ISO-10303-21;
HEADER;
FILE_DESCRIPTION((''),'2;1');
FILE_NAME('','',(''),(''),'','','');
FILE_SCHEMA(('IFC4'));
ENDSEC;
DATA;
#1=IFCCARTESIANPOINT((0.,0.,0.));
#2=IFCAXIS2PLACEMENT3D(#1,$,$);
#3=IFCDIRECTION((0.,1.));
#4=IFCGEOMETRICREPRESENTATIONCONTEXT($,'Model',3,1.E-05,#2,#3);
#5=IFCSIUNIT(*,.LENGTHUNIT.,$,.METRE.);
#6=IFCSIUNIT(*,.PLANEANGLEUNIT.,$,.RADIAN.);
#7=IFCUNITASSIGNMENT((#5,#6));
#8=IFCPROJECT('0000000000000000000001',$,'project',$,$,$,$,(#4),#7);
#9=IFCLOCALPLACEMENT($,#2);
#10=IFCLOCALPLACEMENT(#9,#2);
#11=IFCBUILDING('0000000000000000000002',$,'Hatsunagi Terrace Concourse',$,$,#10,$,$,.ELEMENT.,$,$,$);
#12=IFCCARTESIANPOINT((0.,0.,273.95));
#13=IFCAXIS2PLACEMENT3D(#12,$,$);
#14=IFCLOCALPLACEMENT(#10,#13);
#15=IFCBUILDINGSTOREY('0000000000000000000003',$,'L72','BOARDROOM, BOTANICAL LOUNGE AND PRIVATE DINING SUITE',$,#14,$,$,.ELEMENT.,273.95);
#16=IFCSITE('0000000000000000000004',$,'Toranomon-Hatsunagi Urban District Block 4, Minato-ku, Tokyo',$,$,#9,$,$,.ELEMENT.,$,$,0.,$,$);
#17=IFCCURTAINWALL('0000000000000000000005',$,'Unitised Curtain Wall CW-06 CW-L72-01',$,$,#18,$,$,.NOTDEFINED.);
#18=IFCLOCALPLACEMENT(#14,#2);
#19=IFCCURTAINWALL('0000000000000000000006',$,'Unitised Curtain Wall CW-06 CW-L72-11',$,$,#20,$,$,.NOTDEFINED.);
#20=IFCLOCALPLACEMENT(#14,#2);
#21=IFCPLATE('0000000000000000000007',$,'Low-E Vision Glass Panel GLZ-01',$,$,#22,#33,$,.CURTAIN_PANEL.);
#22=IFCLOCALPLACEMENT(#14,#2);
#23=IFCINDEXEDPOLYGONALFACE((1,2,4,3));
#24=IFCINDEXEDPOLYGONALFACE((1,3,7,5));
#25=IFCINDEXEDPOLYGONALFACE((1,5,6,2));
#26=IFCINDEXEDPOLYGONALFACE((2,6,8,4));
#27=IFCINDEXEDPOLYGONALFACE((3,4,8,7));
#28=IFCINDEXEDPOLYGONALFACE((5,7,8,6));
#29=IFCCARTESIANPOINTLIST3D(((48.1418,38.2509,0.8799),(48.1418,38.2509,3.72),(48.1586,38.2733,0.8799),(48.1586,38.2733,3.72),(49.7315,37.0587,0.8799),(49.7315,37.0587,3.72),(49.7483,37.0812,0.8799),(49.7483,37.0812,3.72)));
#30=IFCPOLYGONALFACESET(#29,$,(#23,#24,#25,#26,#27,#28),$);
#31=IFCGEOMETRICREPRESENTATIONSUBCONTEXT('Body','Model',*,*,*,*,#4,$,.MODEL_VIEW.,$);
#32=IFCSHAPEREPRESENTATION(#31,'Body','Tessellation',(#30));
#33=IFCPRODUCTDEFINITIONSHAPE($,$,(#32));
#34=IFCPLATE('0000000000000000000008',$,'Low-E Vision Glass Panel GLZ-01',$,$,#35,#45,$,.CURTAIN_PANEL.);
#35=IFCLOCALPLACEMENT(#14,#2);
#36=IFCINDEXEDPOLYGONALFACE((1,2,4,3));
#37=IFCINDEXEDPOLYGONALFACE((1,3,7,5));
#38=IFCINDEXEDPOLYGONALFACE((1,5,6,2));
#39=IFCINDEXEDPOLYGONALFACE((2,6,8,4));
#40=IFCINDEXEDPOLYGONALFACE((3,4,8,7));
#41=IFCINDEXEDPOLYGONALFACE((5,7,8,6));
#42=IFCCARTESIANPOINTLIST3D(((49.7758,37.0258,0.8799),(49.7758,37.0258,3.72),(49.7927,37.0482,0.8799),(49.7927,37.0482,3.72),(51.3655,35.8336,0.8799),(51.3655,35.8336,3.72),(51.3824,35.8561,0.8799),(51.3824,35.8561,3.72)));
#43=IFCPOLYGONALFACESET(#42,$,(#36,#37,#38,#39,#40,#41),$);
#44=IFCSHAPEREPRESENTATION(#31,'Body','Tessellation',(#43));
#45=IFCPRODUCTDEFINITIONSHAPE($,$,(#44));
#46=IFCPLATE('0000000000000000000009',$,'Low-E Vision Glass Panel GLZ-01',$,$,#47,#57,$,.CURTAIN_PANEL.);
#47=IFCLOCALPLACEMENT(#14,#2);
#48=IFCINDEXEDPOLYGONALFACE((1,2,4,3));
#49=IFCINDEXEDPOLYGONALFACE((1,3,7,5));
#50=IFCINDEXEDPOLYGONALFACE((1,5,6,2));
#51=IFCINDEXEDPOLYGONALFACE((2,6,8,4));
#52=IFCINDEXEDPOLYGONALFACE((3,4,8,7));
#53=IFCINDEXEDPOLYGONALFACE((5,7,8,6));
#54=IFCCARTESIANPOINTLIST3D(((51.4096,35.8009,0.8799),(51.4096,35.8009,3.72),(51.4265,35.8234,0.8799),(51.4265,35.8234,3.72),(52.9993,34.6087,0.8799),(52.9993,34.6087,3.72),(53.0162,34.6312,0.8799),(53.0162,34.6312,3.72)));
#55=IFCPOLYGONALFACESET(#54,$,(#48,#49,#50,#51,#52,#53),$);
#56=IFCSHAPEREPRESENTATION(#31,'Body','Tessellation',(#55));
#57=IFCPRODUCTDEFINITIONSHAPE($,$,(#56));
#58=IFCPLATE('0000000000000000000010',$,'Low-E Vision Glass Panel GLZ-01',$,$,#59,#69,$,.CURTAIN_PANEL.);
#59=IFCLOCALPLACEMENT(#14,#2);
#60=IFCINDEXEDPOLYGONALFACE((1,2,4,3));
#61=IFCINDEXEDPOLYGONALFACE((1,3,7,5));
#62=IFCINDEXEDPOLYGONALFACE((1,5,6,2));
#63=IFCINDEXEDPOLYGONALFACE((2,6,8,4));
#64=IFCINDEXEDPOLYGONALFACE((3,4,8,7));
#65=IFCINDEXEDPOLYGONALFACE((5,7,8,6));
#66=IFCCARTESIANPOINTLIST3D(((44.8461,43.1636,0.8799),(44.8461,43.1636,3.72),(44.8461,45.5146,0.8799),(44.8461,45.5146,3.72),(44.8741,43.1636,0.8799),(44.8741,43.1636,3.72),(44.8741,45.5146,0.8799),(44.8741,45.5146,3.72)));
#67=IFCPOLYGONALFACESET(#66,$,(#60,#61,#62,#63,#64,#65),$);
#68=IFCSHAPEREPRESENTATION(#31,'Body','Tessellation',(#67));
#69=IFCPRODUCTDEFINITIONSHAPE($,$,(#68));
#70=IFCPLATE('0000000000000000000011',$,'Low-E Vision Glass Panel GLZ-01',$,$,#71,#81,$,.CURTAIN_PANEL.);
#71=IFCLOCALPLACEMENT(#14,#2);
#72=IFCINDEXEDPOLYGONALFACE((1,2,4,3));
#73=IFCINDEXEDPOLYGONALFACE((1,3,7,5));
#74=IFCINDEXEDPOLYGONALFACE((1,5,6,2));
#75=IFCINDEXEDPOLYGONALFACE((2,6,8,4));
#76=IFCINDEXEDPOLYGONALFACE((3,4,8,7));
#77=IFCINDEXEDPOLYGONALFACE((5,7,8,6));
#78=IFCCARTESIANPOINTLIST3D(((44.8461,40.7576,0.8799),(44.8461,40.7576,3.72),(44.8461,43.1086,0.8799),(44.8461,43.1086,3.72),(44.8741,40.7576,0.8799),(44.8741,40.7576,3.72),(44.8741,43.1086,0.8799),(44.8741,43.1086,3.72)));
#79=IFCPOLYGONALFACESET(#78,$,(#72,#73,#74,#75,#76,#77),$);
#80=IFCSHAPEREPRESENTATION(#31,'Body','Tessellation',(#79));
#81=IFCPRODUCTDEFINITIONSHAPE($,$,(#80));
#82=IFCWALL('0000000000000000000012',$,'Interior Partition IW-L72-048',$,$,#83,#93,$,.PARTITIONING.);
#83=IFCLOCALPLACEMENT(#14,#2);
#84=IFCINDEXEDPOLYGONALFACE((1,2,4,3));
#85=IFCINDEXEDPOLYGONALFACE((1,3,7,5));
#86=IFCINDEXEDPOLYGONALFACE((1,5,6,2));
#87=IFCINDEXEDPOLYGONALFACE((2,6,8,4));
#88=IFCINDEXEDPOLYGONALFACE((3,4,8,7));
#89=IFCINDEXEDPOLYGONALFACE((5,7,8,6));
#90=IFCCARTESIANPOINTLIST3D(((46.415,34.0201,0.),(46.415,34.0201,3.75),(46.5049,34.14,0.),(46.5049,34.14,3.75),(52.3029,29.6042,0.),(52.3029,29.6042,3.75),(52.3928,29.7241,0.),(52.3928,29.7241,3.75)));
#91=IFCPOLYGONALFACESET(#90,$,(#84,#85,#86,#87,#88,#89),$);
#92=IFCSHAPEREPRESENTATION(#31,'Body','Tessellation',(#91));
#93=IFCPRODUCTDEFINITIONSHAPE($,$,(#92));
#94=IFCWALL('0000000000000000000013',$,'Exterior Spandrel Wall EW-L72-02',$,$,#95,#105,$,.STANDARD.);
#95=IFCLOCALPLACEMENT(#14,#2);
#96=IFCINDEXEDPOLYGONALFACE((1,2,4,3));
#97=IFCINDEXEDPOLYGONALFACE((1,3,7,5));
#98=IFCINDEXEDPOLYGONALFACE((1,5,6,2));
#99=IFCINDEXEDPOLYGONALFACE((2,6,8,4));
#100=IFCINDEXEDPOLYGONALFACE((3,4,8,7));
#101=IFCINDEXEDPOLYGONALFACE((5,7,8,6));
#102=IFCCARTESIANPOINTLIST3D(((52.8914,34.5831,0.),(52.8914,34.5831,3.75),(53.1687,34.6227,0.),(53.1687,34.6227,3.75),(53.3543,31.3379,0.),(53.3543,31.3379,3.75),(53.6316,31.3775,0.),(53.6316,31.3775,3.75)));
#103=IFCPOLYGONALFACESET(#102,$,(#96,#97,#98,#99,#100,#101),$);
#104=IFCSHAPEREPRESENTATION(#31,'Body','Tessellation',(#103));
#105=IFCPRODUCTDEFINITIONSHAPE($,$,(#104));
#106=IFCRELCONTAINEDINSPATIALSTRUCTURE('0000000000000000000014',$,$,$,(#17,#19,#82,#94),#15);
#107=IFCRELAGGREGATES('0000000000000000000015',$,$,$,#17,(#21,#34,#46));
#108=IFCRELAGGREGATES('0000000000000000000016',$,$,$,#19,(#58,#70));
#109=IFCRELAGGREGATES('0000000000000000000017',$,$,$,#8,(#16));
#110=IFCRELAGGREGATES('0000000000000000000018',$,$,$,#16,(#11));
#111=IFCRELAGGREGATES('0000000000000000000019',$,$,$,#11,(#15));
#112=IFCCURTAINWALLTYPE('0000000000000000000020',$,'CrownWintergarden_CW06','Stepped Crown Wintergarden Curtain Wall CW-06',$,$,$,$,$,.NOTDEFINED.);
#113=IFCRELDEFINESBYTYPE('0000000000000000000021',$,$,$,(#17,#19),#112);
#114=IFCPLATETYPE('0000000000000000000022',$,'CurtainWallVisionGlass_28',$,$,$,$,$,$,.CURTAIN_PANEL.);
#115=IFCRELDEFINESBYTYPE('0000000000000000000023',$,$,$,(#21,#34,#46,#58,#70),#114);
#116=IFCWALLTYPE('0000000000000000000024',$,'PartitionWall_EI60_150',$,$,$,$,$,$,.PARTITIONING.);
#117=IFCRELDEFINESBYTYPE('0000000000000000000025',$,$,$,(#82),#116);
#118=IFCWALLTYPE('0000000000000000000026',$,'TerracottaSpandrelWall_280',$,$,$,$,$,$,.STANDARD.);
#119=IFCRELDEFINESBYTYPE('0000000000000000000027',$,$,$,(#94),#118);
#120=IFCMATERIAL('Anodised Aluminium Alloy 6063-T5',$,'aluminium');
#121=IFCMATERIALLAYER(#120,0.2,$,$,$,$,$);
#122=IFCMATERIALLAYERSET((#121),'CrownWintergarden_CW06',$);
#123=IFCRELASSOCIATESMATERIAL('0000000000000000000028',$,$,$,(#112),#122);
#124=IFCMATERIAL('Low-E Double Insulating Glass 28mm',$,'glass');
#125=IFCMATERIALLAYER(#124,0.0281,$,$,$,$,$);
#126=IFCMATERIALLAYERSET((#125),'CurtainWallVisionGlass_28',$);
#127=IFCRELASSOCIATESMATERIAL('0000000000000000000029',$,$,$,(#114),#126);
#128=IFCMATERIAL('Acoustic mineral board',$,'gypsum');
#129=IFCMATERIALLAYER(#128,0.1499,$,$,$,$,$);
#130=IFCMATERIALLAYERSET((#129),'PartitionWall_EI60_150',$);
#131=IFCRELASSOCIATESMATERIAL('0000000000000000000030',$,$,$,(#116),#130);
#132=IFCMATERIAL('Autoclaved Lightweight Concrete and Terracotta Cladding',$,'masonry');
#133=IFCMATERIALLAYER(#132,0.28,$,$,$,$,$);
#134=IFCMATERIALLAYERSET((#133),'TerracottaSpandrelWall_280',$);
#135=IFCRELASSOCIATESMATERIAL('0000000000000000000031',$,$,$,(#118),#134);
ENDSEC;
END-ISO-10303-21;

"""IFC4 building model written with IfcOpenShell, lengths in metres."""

from ifc_helpers import new_model, si_unit, direction, frame, frame_2d, origin, origin_2d, place, context, subcontext, project, spatial, rectangle, extrude, material, layer, layer_set, type_object, element, aggregate, save


model = new_model("IFC4")

# Units and contexts
model_context = context("Model", 3, precision=1e-05, world=origin(), true_north=direction((0.0, 1.0)))
body_context = subcontext(model_context, "Body", "Model", "MODEL_VIEW")
ifc_project = project(units=[si_unit("LENGTHUNIT", "METRE"), si_unit("PLANEANGLEUNIT", "RADIAN")], contexts=[model_context])

# Site, building, storey
site_placement = place(None, origin())
site = spatial("IfcSite", under=ifc_project, at=site_placement, Name="Toranomon-Hatsunagi Urban District Block 4, Minato-ku, Tokyo", CompositionType="ELEMENT", RefElevation=0.0)
building_placement = place(site_placement, origin())
building = spatial("IfcBuilding", under=site, at=building_placement, Name="Hatsunagi Terrace Concourse", CompositionType="ELEMENT")
storey_placement = place(building_placement, frame((0.0, 0.0, 273.95)))
storey = spatial("IfcBuildingStorey", under=building, at=storey_placement, Name="L72", Description="BOARDROOM, BOTANICAL LOUNGE AND PRIVATE DINING SUITE", CompositionType="ELEMENT", Elevation=273.95)

# Curtain walls
ifc_material_1 = material(Name="Anodised Aluminium Alloy 6063-T5", Category="aluminium")
ifc_layer_1 = layer(ifc_material_1, 0.2)
ifc_layer_set_1 = layer_set([ifc_layer_1], Name="CrownWintergarden_CW06")
curtain_wall_type = type_object("IfcCurtainWallType", Name="CrownWintergarden_CW06", Description="Stepped Crown Wintergarden Curtain Wall CW-06", PredefinedType="NOTDEFINED", material=ifc_layer_set_1)
curtain_wall_1_placement = place(storey_placement, origin())
curtain_wall_1 = element("IfcCurtainWall", 1, at=curtain_wall_1_placement, inside=storey, type_object=curtain_wall_type, Name="Unitised Curtain Wall CW-06 CW-L72-01", PredefinedType="NOTDEFINED")
curtain_wall_2_placement = place(storey_placement, origin())
curtain_wall_2 = element("IfcCurtainWall", 2, at=curtain_wall_2_placement, inside=storey, type_object=curtain_wall_type, Name="Unitised Curtain Wall CW-06 CW-L72-11", PredefinedType="NOTDEFINED")

# Plates
ifc_material_2 = material(Name="Low-E Double Insulating Glass 28mm", Category="glass")
ifc_layer_2 = layer(ifc_material_2, 0.0281)
ifc_layer_set_2 = layer_set([ifc_layer_2], Name="CurtainWallVisionGlass_28")
plate_type_1 = type_object("IfcPlateType", Name="CurtainWallVisionGlass_28", PredefinedType="CURTAIN_PANEL", material=ifc_layer_set_2)
plate_1_placement = place(storey_placement, frame((48.9451, 37.666, 0.8799), z_axis=(0.0, 0.0, 1.0), x_axis=(0.800023, -0.599969, 0.0)))
plate_1 = element("IfcPlate", 3, at=plate_1_placement, type_object=plate_type_1, Name="Low-E Vision Glass Panel GLZ-01", PredefinedType="CURTAIN_PANEL", context=body_context, shape_type="SweptSolid", body=[
    extrude(rectangle(XDim=1.9871, YDim=0.0281, at=origin_2d()), origin(), (0.0, 0.0, 1.0), 2.8401),
])
plate_2_placement = place(storey_placement, frame((50.5791, 36.4409, 0.8799), z_axis=(0.0, 0.0, 1.0), x_axis=(0.800023, -0.599969, 0.0)))
plate_2 = element("IfcPlate", 4, at=plate_2_placement, type_object=plate_type_1, Name="Low-E Vision Glass Panel GLZ-01", PredefinedType="CURTAIN_PANEL", context=body_context, shape_type="SweptSolid", body=[
    extrude(rectangle(XDim=1.9871, YDim=0.0281, at=origin_2d()), origin(), (0.0, 0.0, 1.0), 2.8401),
])
plate_3_placement = place(storey_placement, frame((52.2129, 35.2161, 0.8799), z_axis=(0.0, 0.0, 1.0), x_axis=(0.800023, -0.599969, 0.0)))
plate_3 = element("IfcPlate", 5, at=plate_3_placement, type_object=plate_type_1, Name="Low-E Vision Glass Panel GLZ-01", PredefinedType="CURTAIN_PANEL", context=body_context, shape_type="SweptSolid", body=[
    extrude(rectangle(XDim=1.9871, YDim=0.0281, at=origin_2d()), origin(), (0.0, 0.0, 1.0), 2.8401),
])
aggregate(curtain_wall_1, [plate_1, plate_2, plate_3])
plate_4_placement = place(storey_placement, frame((44.8601, 44.3391, 0.8799), z_axis=(0.0, 0.0, 1.0), x_axis=(0.0, -1.0, 0.0)))
plate_4 = element("IfcPlate", 6, at=plate_4_placement, type_object=plate_type_1, Name="Low-E Vision Glass Panel GLZ-01", PredefinedType="CURTAIN_PANEL", context=body_context, shape_type="SweptSolid", body=[
    extrude(rectangle(XDim=2.3511, YDim=0.0281, at=origin_2d()), origin(), (0.0, 0.0, 1.0), 2.8401),
])
plate_5_placement = place(storey_placement, frame((44.8601, 41.9331, 0.8799), z_axis=(0.0, 0.0, 1.0), x_axis=(0.0, -1.0, 0.0)))
plate_5 = element("IfcPlate", 7, at=plate_5_placement, type_object=plate_type_1, Name="Low-E Vision Glass Panel GLZ-01", PredefinedType="CURTAIN_PANEL", context=body_context, shape_type="SweptSolid", body=[
    extrude(rectangle(XDim=2.3511, YDim=0.0281, at=origin_2d()), origin(), (0.0, 0.0, 1.0), 2.8401),
])
aggregate(curtain_wall_2, [plate_4, plate_5])

# Walls
ifc_material_3 = material(Name="Acoustic mineral board", Category="gypsum")
ifc_layer_3 = layer(ifc_material_3, 0.1499)
ifc_layer_set_3 = layer_set([ifc_layer_3], Name="PartitionWall_EI60_150")
wall_type_1 = type_object("IfcWallType", Name="PartitionWall_EI60_150", PredefinedType="PARTITIONING", material=ifc_layer_set_3)
wall_1_placement = place(storey_placement, frame((46.46, 34.0801, 0.0), z_axis=(0.0, 0.0, 1.0), x_axis=(0.799996, -0.600005, 0.0)))
element("IfcWall", 8, at=wall_1_placement, inside=storey, type_object=wall_type_1, Name="Interior Partition IW-L72-048", PredefinedType="PARTITIONING", context=body_context, shape_type="SweptSolid", body=[
    extrude(rectangle(XDim=7.3599, YDim=0.1499, at=frame_2d((3.6799, 0.0))), origin(), (0.0, 0.0, 1.0), 3.75),
])
ifc_material_4 = material(Name="Autoclaved Lightweight Concrete and Terracotta Cladding", Category="masonry")
ifc_layer_4 = layer(ifc_material_4, 0.28)
ifc_layer_set_4 = layer_set([ifc_layer_4], Name="TerracottaSpandrelWall_280")
wall_type_2 = type_object("IfcWallType", Name="TerracottaSpandrelWall_280", PredefinedType="STANDARD", material=ifc_layer_set_4)
wall_2_placement = place(storey_placement, frame((53.03, 34.603, 0.0), z_axis=(0.0, 0.0, 1.0), x_axis=(0.141213, -0.989979, 0.0)))
element("IfcWall", 9, at=wall_2_placement, inside=storey, type_object=wall_type_2, Name="Exterior Spandrel Wall EW-L72-02", PredefinedType="STANDARD", context=body_context, shape_type="SweptSolid", body=[
    extrude(rectangle(XDim=3.2781, YDim=0.28, at=frame_2d((1.6392, 0.0))), origin(), (0.0, 0.0, 1.0), 3.75),
])

save(model, "model.ifc")
